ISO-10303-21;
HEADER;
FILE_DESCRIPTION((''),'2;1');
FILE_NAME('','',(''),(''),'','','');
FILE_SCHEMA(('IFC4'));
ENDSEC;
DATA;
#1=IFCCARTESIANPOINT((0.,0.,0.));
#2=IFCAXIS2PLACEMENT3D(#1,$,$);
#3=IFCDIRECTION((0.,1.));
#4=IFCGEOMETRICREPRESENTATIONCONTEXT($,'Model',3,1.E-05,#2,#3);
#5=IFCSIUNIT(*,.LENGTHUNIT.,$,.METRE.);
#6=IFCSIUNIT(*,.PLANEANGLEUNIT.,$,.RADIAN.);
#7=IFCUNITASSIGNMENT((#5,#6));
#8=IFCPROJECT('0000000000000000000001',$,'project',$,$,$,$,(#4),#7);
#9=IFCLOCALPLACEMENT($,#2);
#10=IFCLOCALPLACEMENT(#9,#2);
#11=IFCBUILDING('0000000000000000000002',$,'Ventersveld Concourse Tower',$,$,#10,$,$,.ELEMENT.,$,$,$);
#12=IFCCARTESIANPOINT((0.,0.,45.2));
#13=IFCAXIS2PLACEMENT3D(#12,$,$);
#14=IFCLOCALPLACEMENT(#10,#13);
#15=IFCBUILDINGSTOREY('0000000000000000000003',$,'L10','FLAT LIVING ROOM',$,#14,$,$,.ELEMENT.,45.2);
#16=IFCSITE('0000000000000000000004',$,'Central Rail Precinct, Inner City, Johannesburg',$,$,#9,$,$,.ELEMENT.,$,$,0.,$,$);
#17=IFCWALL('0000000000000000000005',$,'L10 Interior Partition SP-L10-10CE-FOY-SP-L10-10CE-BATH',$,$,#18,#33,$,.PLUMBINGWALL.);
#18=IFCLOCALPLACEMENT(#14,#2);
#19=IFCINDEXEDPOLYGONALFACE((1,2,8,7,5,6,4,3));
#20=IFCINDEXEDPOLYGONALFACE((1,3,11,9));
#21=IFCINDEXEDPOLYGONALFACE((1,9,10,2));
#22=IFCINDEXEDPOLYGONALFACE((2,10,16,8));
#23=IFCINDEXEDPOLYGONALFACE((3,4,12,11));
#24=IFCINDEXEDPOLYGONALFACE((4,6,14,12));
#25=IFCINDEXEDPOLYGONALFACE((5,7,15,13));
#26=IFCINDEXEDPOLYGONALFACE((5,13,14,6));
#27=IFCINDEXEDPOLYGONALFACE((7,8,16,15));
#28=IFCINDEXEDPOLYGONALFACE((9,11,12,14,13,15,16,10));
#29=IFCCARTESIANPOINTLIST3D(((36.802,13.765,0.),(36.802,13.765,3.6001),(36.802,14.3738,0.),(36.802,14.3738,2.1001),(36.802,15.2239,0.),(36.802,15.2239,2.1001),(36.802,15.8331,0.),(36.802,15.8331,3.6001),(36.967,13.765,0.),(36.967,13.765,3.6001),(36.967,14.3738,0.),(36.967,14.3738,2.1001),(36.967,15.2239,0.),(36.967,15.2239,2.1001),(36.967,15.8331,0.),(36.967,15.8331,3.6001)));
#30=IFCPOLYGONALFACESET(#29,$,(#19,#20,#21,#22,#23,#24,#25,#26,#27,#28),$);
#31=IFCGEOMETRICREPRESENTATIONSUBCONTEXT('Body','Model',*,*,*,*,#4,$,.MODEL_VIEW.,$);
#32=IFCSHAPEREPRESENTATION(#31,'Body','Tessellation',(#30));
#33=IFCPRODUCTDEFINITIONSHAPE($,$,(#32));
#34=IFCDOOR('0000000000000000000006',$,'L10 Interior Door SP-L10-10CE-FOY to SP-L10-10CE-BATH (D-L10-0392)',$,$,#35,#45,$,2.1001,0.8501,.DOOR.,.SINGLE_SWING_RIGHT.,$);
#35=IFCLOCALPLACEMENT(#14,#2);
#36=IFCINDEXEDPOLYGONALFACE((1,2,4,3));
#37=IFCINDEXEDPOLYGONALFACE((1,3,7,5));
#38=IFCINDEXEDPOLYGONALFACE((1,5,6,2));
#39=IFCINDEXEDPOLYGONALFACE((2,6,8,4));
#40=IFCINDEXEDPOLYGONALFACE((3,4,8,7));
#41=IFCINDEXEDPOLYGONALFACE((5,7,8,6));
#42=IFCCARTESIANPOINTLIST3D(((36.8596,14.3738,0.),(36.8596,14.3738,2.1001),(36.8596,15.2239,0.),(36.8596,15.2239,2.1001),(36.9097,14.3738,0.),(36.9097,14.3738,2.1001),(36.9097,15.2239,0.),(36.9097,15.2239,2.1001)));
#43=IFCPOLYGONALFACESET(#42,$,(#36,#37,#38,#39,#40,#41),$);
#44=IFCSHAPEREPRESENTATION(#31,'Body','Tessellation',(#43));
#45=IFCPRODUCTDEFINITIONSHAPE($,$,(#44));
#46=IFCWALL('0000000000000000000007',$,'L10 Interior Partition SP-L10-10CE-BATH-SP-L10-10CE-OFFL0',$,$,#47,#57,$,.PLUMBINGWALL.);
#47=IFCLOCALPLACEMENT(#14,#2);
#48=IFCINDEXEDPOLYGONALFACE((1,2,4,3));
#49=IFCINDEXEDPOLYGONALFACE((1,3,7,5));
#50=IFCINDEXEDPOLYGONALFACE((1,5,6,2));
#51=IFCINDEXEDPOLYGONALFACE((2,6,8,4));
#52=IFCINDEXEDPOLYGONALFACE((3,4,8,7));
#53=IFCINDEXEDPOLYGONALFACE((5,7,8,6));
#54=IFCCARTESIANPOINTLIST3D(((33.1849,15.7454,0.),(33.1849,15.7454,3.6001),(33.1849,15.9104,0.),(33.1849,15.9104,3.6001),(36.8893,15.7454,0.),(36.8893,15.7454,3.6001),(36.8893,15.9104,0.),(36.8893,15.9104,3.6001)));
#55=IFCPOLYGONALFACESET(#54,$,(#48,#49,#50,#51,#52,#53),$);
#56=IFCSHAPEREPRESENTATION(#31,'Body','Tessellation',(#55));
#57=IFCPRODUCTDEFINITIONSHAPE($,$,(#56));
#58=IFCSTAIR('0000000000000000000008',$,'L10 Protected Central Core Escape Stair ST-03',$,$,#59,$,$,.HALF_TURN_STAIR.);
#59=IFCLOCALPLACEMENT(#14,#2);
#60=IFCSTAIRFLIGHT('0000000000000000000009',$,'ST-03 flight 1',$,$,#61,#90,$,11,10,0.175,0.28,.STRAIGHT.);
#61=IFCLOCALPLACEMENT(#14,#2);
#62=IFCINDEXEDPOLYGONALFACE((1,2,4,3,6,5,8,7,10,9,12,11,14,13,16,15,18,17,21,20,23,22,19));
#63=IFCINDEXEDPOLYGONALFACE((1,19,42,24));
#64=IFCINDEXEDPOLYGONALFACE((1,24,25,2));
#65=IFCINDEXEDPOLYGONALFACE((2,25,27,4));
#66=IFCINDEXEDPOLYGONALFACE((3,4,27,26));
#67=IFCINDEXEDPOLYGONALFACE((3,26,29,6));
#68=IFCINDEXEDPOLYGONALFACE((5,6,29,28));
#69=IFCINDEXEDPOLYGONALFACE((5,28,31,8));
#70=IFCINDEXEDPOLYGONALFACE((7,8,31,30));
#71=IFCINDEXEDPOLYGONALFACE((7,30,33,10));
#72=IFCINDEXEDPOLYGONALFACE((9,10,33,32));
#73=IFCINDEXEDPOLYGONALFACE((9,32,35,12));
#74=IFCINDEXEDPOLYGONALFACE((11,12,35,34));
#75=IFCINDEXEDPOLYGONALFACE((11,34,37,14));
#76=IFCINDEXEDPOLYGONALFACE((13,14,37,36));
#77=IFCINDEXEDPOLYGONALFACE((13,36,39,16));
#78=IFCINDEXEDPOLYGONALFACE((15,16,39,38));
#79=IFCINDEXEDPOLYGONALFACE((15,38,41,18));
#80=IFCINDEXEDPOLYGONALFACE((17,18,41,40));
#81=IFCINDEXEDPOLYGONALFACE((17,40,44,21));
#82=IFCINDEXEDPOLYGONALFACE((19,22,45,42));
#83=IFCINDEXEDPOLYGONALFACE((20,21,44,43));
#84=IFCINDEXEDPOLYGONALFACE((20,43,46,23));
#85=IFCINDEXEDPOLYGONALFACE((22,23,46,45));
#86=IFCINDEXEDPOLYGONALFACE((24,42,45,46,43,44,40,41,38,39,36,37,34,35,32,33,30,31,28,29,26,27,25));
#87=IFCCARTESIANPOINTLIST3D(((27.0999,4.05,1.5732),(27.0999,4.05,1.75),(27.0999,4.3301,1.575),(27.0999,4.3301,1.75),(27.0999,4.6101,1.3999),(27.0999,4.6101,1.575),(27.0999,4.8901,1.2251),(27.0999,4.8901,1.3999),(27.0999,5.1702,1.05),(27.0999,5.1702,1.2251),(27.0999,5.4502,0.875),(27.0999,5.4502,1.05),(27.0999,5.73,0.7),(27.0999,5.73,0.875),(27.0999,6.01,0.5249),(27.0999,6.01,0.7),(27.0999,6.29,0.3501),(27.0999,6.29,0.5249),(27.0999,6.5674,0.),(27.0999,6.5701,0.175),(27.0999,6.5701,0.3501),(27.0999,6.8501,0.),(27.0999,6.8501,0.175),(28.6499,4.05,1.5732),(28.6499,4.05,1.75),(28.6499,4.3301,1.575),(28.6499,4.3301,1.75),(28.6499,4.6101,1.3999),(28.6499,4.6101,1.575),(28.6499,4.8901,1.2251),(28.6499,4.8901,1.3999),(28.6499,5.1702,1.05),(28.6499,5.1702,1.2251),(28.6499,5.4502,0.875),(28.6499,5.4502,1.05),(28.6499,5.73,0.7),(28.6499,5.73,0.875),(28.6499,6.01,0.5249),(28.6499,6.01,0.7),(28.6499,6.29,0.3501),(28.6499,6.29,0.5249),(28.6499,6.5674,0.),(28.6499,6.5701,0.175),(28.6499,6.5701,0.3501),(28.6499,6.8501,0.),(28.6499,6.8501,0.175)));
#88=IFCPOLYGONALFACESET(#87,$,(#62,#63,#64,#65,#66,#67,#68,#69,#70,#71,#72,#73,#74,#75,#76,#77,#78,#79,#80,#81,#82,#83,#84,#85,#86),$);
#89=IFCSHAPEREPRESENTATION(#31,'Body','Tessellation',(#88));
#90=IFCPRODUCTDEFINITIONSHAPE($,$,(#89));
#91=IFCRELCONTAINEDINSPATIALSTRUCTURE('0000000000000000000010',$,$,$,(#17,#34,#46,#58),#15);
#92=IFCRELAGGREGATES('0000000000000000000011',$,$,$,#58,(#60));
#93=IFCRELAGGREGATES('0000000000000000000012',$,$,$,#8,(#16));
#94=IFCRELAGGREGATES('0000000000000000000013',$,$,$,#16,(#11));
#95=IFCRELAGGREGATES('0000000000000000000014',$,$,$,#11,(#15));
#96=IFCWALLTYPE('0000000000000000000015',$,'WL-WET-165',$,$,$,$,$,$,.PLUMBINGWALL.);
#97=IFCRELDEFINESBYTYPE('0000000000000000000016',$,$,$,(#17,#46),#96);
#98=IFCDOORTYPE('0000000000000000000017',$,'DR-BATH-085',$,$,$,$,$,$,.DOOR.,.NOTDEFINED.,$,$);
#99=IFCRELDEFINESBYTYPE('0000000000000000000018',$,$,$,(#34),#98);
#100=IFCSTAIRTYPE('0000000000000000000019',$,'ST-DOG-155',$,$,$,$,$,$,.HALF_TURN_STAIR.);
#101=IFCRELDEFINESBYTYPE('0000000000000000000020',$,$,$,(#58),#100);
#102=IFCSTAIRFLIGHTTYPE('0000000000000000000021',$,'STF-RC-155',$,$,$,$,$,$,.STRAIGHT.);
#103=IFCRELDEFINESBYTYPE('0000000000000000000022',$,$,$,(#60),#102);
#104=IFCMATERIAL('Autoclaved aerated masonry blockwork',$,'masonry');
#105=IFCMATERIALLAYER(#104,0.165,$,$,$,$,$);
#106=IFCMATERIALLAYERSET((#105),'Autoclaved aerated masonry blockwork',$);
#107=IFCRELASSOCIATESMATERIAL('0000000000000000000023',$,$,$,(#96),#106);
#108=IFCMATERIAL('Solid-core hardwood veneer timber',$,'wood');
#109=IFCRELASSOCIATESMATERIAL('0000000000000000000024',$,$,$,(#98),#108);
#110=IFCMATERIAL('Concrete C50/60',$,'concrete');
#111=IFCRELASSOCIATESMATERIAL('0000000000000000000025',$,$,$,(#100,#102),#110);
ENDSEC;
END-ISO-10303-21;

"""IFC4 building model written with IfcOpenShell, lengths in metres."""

from ifc_helpers import new_model, si_unit, direction, frame, frame_2d, origin, place, context, subcontext, project, spatial, polyline, rectangle, outline, extrude, material, layer, layer_set, type_object, element, fill, aggregate, save


model = new_model("IFC4")

# Units and contexts
model_context = context("Model", 3, precision=1e-05, world=origin(), true_north=direction((0.0, 1.0)))
body_context = subcontext(model_context, "Body", "Model", "MODEL_VIEW")
ifc_project = project(units=[si_unit("LENGTHUNIT", "METRE"), si_unit("PLANEANGLEUNIT", "RADIAN")], contexts=[model_context])

# Site, building, storey
site_placement = place(None, origin())
site = spatial("IfcSite", under=ifc_project, at=site_placement, Name="Central Rail Precinct, Inner City, Johannesburg", CompositionType="ELEMENT", RefElevation=0.0)
building_placement = place(site_placement, origin())
building = spatial("IfcBuilding", under=site, at=building_placement, Name="Ventersveld Concourse Tower", CompositionType="ELEMENT")
storey_placement = place(building_placement, frame((0.0, 0.0, 45.2)))
storey = spatial("IfcBuildingStorey", under=building, at=storey_placement, Name="L10", Description="FLAT LIVING ROOM", CompositionType="ELEMENT", Elevation=45.2)

# Shared definitions
ifc_material_1 = material(Name="Concrete C50/60", Category="concrete")

# Shared definitions
ifc_material_2 = material(Name="Solid-core hardwood veneer timber", Category="wood")

# Wall, opening, door
ifc_material_3 = material(Name="Autoclaved aerated masonry blockwork", Category="masonry")
ifc_layer_1 = layer(ifc_material_3, 0.165)
ifc_layer_set_1 = layer_set([ifc_layer_1], Name="Autoclaved aerated masonry blockwork")
wall_type_1 = type_object("IfcWallType", Name="WL-WET-165", PredefinedType="PLUMBINGWALL", material=ifc_layer_set_1)
wall_1_placement = place(storey_placement, frame((36.8845, 13.7649, 0.0), z_axis=(0.0, 0.0, 1.0), x_axis=(0.0, 1.0, 0.0)))
wall_1 = element("IfcWall", 1, at=wall_1_placement, inside=storey, type_object=wall_type_1, Name="L10 Interior Partition SP-L10-10CE-FOY-SP-L10-10CE-BATH", PredefinedType="PLUMBINGWALL", context=body_context, shape_type="SweptSolid", body=[
    extrude(rectangle(XDim=2.0681, YDim=0.165, at=frame_2d((1.0342, 0.0))), origin(), (0.0, 0.0, 1.0), 3.6001),
])
opening_1_placement = place(wall_1_placement, frame((0.6089, 0.0, 0.0)))
opening_1 = element("IfcOpeningElement", 2, at=opening_1_placement, cuts=wall_1, PredefinedType="OPENING", context=body_context, shape_type="SweptSolid", body=[
    extrude(rectangle(XDim=0.8501, YDim=2.1001, at=frame_2d((0.425, 1.05))), frame((0.0, 0.0925, 0.0), z_axis=(0.0, -1.0, 0.0), x_axis=(1.0, 0.0, 0.0)), (0.0, 0.0, 1.0), 0.1851),
])
door_type_1 = type_object("IfcDoorType", Name="DR-BATH-085", OperationType="NOTDEFINED", PredefinedType="DOOR", material=ifc_material_2)
door_1_placement = place(opening_1_placement, origin())
door_1 = element("IfcDoor", 3, at=door_1_placement, inside=storey, type_object=door_type_1, Name="L10 Interior Door SP-L10-10CE-FOY to SP-L10-10CE-BATH (D-L10-0392)", OperationType="SINGLE_SWING_RIGHT", OverallHeight=2.1001, OverallWidth=0.8501, PredefinedType="DOOR", context=body_context, shape_type="SweptSolid", body=[
    extrude(rectangle(XDim=0.8501, YDim=2.1001, at=frame_2d((0.425, 1.05))), frame((0.0, 0.0249, 0.0), z_axis=(0.0, -1.0, 0.0), x_axis=(1.0, 0.0, 0.0)), (0.0, 0.0, 1.0), 0.05),
])
fill(opening_1, door_1)

# Wall
wall_2_placement = place(storey_placement, frame((33.1851, 15.8279, 0.0), z_axis=(0.0, 0.0, 1.0), x_axis=(1.0, 0.0, 0.0)))
element("IfcWall", 4, at=wall_2_placement, inside=storey, type_object=wall_type_1, Name="L10 Interior Partition SP-L10-10CE-BATH-SP-L10-10CE-OFFL0", PredefinedType="PLUMBINGWALL", context=body_context, shape_type="SweptSolid", body=[
    extrude(rectangle(XDim=3.7043, YDim=0.165, at=frame_2d((1.8521, 0.0))), origin(), (0.0, 0.0, 1.0), 3.6001),
])

# Stair, stair flight
stair_type = type_object("IfcStairType", Name="ST-DOG-155", PredefinedType="HALF_TURN_STAIR", material=ifc_material_1)
stair_placement = place(storey_placement, origin())
stair = element("IfcStair", 5, at=stair_placement, inside=storey, type_object=stair_type, Name="L10 Protected Central Core Escape Stair ST-03", PredefinedType="HALF_TURN_STAIR")
stair_flight_type = type_object("IfcStairFlightType", Name="STF-RC-155", PredefinedType="STRAIGHT", material=ifc_material_1)
stair_flight_placement = place(storey_placement, frame((27.875, 6.8501, 0.0), z_axis=(0.0, 0.0, 1.0), x_axis=(0.0, -1.0, 0.0)))
stair_flight = element("IfcStairFlight", 6, at=stair_flight_placement, type_object=stair_flight_type, Name="ST-03 flight 1", NumberOfRisers=11, NumberOfTreads=10, PredefinedType="STRAIGHT", RiserHeight=0.175, TreadLength=0.28, context=body_context, shape_type="SweptSolid", body=[
    extrude(outline(polyline([(0.0, 0.0), (0.0, 0.175), (0.28, 0.175), (0.28, 0.3501), (0.5601, 0.3501), (0.5601, 0.5249), (0.8401, 0.5249), (0.8401, 0.7), (1.1201, 0.7), (1.1201, 0.875), (1.3999, 0.875), (1.3999, 1.05), (1.6799, 1.05), (1.6799, 1.2251), (1.96, 1.2251), (1.96, 1.3999), (2.24, 1.3999), (2.24, 1.575), (2.52, 1.575), (2.52, 1.75), (2.8, 1.75), (2.8, 1.925), (2.8, 1.5732), (0.2827, 0.0), (0.0, 0.0)])), frame((0.0, 0.7749, 0.0), z_axis=(0.0, -1.0, 0.0), x_axis=(1.0, 0.0, 0.0)), (0.0, 0.0, 1.0), 1.55),
])
aggregate(stair, [stair_flight])

save(model, "model.ifc")
